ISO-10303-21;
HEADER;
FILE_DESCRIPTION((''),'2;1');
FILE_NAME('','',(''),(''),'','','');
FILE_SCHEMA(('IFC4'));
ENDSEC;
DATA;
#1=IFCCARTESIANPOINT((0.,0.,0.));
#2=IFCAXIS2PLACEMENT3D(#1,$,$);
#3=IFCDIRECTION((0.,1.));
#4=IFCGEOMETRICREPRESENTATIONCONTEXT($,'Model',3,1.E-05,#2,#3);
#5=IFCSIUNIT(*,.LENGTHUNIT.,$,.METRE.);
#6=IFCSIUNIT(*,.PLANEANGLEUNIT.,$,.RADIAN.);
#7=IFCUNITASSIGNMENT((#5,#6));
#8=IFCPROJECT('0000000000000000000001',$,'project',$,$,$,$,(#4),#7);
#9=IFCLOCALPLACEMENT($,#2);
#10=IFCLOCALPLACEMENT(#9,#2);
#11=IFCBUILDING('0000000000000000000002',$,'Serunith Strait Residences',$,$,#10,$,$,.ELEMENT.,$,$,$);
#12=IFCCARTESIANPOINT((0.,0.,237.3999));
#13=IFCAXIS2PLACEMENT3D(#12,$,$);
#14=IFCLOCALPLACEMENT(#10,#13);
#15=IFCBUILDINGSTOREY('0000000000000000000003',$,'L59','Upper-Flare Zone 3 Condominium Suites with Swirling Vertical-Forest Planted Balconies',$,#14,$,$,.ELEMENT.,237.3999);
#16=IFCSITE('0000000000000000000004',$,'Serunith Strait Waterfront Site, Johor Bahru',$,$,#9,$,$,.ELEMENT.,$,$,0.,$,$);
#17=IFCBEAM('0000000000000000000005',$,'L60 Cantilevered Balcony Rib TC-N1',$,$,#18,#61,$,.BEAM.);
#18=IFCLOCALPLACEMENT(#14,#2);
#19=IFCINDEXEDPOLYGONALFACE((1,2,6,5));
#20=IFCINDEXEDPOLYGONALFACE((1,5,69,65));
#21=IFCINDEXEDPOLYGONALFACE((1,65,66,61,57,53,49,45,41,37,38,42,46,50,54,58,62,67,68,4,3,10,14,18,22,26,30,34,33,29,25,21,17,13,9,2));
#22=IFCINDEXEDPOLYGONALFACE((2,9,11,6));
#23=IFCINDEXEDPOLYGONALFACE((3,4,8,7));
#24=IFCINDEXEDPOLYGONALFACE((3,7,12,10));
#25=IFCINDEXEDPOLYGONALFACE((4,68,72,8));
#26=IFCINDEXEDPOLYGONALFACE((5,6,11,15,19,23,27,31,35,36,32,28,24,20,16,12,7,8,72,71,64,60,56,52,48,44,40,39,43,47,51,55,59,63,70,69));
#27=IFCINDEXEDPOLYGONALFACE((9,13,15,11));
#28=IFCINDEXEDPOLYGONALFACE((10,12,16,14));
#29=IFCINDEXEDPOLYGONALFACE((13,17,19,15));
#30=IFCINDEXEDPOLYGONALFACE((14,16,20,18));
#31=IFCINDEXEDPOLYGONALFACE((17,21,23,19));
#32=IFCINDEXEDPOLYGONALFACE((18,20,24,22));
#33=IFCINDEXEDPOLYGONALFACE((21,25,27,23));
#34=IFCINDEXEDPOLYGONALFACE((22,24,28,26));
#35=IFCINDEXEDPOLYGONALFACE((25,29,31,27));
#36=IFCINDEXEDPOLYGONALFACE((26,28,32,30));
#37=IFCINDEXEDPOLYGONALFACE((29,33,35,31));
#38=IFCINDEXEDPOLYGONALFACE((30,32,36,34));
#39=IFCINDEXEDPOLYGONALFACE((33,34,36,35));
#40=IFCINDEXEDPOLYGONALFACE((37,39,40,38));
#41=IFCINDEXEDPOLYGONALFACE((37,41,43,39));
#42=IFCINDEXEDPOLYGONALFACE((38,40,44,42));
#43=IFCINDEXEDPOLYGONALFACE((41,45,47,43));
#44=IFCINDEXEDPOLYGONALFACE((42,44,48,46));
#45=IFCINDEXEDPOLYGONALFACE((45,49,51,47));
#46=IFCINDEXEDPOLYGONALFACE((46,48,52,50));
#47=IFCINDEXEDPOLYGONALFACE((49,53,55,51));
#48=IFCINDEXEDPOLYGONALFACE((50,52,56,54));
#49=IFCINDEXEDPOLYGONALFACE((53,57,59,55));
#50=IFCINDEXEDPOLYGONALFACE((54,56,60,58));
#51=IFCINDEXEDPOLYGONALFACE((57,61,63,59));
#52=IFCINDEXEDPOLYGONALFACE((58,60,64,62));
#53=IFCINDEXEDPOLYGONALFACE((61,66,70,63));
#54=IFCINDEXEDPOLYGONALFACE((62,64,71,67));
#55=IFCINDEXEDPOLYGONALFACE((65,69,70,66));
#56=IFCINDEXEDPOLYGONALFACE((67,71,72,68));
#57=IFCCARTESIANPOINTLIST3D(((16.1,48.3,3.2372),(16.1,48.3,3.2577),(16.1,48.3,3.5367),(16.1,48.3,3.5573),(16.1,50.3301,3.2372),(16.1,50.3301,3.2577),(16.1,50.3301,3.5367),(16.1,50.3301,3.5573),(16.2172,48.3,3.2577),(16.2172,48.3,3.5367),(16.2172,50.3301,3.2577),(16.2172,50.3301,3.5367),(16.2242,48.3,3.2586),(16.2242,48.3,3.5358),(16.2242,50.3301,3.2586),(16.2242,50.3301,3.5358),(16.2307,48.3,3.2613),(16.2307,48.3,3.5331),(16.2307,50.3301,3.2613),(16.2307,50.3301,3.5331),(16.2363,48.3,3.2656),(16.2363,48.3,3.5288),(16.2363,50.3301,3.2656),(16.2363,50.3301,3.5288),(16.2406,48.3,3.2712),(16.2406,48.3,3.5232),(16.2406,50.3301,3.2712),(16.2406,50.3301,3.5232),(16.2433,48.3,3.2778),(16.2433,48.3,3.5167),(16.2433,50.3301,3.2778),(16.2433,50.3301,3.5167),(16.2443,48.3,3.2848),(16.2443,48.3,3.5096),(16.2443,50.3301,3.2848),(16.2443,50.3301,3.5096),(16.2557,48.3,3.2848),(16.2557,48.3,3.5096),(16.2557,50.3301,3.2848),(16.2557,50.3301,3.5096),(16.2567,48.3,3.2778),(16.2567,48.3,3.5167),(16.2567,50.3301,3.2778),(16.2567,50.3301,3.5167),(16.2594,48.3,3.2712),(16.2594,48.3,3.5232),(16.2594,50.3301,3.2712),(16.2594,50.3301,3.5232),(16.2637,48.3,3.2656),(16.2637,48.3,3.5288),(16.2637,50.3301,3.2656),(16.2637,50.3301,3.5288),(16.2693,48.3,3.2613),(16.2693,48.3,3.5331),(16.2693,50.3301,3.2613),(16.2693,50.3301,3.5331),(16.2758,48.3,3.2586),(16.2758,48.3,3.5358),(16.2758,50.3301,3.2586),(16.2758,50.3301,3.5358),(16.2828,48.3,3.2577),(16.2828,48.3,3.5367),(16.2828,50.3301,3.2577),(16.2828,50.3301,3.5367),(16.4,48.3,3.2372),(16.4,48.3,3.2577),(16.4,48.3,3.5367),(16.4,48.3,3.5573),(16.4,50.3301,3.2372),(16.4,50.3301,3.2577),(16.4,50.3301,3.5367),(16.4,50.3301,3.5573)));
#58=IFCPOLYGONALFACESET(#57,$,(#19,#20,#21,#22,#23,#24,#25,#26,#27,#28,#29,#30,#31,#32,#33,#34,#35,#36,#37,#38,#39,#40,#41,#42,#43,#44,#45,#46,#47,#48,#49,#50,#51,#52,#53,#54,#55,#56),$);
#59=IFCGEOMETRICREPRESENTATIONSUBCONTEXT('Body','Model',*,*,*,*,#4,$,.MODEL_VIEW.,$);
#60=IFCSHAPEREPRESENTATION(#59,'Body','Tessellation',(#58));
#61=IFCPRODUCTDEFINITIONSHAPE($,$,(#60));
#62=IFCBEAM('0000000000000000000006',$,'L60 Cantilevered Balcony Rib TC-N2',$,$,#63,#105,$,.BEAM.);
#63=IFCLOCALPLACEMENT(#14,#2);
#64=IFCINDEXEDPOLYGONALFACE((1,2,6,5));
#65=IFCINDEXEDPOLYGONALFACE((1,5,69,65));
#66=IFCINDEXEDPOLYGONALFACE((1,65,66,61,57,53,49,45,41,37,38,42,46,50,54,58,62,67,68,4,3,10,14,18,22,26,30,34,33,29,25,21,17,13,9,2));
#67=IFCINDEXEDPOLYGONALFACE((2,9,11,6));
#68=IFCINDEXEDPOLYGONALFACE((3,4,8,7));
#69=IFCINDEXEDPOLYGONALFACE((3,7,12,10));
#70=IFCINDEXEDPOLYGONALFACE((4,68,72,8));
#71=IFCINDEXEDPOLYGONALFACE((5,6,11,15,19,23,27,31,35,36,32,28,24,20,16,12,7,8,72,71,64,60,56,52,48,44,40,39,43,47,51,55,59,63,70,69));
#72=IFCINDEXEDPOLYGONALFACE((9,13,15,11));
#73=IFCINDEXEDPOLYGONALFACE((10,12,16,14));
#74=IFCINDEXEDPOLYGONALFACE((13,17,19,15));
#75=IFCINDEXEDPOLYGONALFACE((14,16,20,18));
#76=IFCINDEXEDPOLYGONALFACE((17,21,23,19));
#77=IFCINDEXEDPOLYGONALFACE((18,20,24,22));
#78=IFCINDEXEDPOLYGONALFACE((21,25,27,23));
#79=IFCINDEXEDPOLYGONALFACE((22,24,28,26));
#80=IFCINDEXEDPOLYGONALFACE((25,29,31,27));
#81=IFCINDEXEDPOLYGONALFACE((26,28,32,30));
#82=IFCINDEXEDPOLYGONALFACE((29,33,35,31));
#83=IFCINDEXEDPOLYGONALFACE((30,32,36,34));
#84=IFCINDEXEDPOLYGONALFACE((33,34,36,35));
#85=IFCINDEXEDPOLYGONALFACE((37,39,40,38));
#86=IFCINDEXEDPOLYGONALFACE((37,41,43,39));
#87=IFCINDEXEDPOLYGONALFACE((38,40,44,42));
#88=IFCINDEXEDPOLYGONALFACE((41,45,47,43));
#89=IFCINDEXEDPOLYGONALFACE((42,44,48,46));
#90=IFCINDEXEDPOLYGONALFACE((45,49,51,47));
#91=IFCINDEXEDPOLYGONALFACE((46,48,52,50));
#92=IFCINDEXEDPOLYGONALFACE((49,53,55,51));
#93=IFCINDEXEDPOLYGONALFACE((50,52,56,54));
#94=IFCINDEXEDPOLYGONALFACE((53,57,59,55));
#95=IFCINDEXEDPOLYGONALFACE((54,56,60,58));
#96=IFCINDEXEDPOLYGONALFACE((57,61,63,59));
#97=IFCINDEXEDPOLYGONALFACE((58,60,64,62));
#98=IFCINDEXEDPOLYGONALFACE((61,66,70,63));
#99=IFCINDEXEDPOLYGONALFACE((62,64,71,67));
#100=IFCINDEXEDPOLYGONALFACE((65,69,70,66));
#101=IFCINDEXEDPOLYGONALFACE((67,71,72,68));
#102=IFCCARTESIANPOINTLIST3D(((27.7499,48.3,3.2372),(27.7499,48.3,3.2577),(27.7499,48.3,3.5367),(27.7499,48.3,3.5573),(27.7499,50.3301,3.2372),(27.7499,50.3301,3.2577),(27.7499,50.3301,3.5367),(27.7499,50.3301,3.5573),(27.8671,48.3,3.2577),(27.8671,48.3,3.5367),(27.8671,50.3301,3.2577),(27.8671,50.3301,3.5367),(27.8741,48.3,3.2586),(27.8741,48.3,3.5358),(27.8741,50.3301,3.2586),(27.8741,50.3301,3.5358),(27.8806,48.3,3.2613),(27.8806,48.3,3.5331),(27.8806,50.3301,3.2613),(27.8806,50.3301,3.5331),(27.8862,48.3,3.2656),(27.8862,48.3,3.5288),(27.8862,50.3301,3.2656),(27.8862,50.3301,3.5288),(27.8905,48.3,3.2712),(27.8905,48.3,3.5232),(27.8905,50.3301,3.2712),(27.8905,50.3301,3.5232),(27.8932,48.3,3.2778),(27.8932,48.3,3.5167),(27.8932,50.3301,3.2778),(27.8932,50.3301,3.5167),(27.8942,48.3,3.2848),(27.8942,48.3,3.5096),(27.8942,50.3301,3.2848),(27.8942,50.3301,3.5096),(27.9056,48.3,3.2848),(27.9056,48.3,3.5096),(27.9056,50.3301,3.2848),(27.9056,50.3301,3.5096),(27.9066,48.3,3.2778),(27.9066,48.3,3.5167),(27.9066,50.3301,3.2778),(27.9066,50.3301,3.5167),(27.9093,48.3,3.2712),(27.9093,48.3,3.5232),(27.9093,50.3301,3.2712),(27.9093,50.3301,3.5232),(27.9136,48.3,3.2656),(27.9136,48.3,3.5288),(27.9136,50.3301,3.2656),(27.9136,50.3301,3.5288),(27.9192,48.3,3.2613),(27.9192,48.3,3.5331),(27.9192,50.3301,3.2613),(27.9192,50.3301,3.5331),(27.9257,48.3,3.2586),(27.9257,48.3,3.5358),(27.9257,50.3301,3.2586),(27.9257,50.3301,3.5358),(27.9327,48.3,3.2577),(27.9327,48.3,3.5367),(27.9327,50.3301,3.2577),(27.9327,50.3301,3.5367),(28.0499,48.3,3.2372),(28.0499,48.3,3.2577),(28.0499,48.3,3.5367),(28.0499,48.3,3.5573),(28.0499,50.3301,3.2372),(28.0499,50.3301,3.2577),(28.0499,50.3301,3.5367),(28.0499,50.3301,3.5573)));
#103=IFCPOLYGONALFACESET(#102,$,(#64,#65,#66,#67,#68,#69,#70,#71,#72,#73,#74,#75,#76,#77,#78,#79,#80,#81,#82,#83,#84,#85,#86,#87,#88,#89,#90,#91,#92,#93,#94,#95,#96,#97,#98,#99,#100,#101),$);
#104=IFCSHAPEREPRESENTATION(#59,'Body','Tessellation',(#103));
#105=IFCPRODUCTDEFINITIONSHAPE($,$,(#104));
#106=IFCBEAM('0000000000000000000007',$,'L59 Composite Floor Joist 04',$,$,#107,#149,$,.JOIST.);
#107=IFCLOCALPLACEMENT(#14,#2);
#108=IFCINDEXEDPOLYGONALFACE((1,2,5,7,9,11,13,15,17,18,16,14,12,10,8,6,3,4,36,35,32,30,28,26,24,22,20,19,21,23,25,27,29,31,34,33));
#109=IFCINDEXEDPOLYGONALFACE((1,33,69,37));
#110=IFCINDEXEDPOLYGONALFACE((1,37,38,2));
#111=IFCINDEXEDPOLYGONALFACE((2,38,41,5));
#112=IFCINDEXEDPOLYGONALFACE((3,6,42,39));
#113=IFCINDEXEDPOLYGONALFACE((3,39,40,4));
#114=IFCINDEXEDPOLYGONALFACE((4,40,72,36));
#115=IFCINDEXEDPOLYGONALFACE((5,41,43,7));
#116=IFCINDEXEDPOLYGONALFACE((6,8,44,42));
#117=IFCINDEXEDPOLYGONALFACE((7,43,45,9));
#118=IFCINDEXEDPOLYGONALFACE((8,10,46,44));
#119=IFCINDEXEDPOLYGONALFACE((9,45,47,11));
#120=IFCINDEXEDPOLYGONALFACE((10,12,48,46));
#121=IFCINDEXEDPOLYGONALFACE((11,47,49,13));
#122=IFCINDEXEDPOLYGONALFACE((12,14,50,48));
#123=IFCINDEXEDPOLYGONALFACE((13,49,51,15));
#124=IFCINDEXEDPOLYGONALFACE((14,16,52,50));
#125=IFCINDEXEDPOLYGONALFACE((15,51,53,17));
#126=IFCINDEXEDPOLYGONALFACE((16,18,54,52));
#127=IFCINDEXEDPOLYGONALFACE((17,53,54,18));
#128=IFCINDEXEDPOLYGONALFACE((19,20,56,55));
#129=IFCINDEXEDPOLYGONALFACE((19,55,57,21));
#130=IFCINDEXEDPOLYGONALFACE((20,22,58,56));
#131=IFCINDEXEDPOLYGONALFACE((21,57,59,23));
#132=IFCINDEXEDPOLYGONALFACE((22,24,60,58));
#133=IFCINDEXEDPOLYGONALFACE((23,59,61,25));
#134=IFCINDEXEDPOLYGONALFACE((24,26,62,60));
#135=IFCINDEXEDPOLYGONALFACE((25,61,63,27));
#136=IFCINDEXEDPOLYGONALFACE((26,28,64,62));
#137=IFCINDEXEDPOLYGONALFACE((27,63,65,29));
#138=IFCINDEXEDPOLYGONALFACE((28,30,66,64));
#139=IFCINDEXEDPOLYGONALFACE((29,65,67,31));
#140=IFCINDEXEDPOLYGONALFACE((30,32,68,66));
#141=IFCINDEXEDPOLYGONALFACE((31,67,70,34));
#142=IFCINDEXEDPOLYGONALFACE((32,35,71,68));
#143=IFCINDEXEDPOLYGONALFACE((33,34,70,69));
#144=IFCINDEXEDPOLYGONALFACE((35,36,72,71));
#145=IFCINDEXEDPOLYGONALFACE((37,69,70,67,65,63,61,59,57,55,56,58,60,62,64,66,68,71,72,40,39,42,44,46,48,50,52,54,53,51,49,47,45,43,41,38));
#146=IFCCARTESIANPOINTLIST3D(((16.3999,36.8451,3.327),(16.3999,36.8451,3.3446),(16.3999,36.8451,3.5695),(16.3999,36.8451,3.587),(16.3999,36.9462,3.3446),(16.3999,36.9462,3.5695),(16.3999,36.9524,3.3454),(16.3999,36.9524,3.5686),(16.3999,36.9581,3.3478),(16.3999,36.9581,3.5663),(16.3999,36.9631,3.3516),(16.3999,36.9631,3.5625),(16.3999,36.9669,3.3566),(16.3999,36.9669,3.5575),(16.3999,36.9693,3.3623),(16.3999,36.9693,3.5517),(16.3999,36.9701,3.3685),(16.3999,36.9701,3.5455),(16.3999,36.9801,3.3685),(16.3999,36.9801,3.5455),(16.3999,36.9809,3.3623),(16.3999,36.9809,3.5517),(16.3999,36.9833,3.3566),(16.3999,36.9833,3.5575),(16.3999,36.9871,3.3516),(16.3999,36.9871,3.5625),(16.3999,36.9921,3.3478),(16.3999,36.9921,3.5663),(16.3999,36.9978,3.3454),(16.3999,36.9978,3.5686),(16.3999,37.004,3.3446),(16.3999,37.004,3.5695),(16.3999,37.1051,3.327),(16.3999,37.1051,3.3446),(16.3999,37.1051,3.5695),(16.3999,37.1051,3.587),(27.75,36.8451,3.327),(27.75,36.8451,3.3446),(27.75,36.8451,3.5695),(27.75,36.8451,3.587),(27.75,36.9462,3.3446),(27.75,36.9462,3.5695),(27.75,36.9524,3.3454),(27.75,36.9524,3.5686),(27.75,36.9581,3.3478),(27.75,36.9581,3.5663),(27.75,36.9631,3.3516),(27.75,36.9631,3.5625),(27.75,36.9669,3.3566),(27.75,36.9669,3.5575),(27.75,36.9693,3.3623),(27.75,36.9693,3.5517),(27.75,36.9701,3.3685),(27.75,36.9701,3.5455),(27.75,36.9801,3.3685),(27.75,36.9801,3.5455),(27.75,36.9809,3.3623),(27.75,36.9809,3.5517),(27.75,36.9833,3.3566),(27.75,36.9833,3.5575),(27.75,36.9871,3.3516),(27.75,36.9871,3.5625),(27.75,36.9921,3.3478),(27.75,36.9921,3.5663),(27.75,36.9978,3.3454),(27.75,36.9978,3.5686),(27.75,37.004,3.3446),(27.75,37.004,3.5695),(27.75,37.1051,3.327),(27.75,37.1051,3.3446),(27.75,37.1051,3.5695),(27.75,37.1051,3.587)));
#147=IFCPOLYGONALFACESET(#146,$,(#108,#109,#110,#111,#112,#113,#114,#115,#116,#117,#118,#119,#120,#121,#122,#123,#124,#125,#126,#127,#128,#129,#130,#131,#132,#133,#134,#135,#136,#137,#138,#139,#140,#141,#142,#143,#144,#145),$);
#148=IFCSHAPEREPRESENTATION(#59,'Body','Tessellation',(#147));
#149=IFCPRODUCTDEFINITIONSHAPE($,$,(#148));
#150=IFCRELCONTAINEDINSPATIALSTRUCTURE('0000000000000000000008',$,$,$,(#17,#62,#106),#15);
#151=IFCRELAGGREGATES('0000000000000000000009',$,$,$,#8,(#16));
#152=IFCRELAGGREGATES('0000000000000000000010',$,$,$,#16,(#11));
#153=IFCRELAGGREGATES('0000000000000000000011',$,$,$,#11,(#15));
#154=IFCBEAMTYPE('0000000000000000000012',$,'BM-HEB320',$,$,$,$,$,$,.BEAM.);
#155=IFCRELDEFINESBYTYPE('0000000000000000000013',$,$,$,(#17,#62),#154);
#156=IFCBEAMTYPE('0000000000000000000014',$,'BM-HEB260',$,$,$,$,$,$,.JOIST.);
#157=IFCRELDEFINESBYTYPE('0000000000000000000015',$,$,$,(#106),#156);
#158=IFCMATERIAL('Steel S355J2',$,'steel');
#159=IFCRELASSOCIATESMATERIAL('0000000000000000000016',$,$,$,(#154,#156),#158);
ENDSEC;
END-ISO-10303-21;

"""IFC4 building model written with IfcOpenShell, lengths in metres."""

from ifc_helpers import new_model, si_unit, direction, frame, origin, origin_2d, place, context, subcontext, project, spatial, i_section, extrude, source, transform, mapped, material, material_profile, profile_set, type_object, element, save


model = new_model("IFC4")

# Units and contexts
model_context = context("Model", 3, precision=1e-05, world=origin(), true_north=direction((0.0, 1.0)))
body_context = subcontext(model_context, "Body", "Model", "MODEL_VIEW")
ifc_project = project(units=[si_unit("LENGTHUNIT", "METRE"), si_unit("PLANEANGLEUNIT", "RADIAN")], contexts=[model_context])

# Site, building, storey
site_placement = place(None, origin())
site = spatial("IfcSite", under=ifc_project, at=site_placement, Name="Serunith Strait Waterfront Site, Johor Bahru", CompositionType="ELEMENT", RefElevation=0.0)
building_placement = place(site_placement, origin())
building = spatial("IfcBuilding", under=site, at=building_placement, Name="Serunith Strait Residences", CompositionType="ELEMENT")
storey_placement = place(building_placement, frame((0.0, 0.0, 237.3999)))
storey = spatial("IfcBuildingStorey", under=building, at=storey_placement, Name="L59", Description="Upper-Flare Zone 3 Condominium Suites with Swirling Vertical-Forest Planted Balconies", CompositionType="ELEMENT", Elevation=237.3999)

# Beams
ifc_material_1 = material(Name="Steel S355J2", Category="steel")
ifc_material_profile_1 = material_profile(ifc_material_1, i_section(OverallWidth=0.3, OverallDepth=0.3201, WebThickness=0.0115, FlangeThickness=0.0205, FilletRadius=0.0271, at=origin_2d()), Name="HEB 320")
ifc_profile_set_1 = profile_set([ifc_material_profile_1], Name="Steel S355J2")
beam_type_1 = type_object("IfcBeamType", Name="BM-HEB320", PredefinedType="BEAM", material=ifc_profile_set_1)
shared_shape_1 = source(origin(), body_context, "Body", "SweptSolid", [
    extrude(i_section(OverallWidth=0.3, OverallDepth=0.3201, WebThickness=0.0115, FlangeThickness=0.0205, FilletRadius=0.0271, at=origin_2d()), origin(), (0.0, 0.0, 1.0), 2.03),
])
for number, where, z_axis, x_axis, name in (
    (1, (16.25, 48.3, 3.3972), (0.0, 1.0, 0.0), (-1.0, 0.0, 0.0), "L60 Cantilevered Balcony Rib TC-N1"),
    (2, (27.8999, 48.3, 3.3972), (0.0, 1.0, 0.0), (-1.0, 0.0, 0.0), "L60 Cantilevered Balcony Rib TC-N2"),
):
    element("IfcBeam", number, at=place(storey_placement, frame(where, z_axis=z_axis, x_axis=x_axis)), inside=storey, type_object=beam_type_1, Name=name, PredefinedType="BEAM", context=body_context, shape_type="MappedRepresentation", body=[
        mapped(shared_shape_1, transform((0.0, 0.0, 0.0), scale=1.0)),
    ])
ifc_material_profile_2 = material_profile(ifc_material_1, i_section(OverallWidth=0.26, OverallDepth=0.26, WebThickness=0.01, FlangeThickness=0.0176, FilletRadius=0.0239, at=origin_2d()), Name="HEB 260")
ifc_profile_set_2 = profile_set([ifc_material_profile_2], Name="Steel S355J2")
beam_type_2 = type_object("IfcBeamType", Name="BM-HEB260", PredefinedType="JOIST", material=ifc_profile_set_2)
shared_shape_2 = source(origin(), body_context, "Body", "SweptSolid", [
    extrude(i_section(OverallWidth=0.26, OverallDepth=0.26, WebThickness=0.01, FlangeThickness=0.0176, FilletRadius=0.0239, at=origin_2d()), origin(), (0.0, 0.0, 1.0), 11.3501),
])
beam_1_placement = place(storey_placement, frame((16.3999, 36.9751, 3.457), z_axis=(1.0, 0.0, 0.0), x_axis=(0.0, 1.0, 0.0)))
element("IfcBeam", 3, at=beam_1_placement, inside=storey, type_object=beam_type_2, Name="L59 Composite Floor Joist 04", PredefinedType="JOIST", context=body_context, shape_type="MappedRepresentation", body=[
    mapped(shared_shape_2, transform((0.0, 0.0, 0.0), scale=1.0)),
])

save(model, "model.ifc")
